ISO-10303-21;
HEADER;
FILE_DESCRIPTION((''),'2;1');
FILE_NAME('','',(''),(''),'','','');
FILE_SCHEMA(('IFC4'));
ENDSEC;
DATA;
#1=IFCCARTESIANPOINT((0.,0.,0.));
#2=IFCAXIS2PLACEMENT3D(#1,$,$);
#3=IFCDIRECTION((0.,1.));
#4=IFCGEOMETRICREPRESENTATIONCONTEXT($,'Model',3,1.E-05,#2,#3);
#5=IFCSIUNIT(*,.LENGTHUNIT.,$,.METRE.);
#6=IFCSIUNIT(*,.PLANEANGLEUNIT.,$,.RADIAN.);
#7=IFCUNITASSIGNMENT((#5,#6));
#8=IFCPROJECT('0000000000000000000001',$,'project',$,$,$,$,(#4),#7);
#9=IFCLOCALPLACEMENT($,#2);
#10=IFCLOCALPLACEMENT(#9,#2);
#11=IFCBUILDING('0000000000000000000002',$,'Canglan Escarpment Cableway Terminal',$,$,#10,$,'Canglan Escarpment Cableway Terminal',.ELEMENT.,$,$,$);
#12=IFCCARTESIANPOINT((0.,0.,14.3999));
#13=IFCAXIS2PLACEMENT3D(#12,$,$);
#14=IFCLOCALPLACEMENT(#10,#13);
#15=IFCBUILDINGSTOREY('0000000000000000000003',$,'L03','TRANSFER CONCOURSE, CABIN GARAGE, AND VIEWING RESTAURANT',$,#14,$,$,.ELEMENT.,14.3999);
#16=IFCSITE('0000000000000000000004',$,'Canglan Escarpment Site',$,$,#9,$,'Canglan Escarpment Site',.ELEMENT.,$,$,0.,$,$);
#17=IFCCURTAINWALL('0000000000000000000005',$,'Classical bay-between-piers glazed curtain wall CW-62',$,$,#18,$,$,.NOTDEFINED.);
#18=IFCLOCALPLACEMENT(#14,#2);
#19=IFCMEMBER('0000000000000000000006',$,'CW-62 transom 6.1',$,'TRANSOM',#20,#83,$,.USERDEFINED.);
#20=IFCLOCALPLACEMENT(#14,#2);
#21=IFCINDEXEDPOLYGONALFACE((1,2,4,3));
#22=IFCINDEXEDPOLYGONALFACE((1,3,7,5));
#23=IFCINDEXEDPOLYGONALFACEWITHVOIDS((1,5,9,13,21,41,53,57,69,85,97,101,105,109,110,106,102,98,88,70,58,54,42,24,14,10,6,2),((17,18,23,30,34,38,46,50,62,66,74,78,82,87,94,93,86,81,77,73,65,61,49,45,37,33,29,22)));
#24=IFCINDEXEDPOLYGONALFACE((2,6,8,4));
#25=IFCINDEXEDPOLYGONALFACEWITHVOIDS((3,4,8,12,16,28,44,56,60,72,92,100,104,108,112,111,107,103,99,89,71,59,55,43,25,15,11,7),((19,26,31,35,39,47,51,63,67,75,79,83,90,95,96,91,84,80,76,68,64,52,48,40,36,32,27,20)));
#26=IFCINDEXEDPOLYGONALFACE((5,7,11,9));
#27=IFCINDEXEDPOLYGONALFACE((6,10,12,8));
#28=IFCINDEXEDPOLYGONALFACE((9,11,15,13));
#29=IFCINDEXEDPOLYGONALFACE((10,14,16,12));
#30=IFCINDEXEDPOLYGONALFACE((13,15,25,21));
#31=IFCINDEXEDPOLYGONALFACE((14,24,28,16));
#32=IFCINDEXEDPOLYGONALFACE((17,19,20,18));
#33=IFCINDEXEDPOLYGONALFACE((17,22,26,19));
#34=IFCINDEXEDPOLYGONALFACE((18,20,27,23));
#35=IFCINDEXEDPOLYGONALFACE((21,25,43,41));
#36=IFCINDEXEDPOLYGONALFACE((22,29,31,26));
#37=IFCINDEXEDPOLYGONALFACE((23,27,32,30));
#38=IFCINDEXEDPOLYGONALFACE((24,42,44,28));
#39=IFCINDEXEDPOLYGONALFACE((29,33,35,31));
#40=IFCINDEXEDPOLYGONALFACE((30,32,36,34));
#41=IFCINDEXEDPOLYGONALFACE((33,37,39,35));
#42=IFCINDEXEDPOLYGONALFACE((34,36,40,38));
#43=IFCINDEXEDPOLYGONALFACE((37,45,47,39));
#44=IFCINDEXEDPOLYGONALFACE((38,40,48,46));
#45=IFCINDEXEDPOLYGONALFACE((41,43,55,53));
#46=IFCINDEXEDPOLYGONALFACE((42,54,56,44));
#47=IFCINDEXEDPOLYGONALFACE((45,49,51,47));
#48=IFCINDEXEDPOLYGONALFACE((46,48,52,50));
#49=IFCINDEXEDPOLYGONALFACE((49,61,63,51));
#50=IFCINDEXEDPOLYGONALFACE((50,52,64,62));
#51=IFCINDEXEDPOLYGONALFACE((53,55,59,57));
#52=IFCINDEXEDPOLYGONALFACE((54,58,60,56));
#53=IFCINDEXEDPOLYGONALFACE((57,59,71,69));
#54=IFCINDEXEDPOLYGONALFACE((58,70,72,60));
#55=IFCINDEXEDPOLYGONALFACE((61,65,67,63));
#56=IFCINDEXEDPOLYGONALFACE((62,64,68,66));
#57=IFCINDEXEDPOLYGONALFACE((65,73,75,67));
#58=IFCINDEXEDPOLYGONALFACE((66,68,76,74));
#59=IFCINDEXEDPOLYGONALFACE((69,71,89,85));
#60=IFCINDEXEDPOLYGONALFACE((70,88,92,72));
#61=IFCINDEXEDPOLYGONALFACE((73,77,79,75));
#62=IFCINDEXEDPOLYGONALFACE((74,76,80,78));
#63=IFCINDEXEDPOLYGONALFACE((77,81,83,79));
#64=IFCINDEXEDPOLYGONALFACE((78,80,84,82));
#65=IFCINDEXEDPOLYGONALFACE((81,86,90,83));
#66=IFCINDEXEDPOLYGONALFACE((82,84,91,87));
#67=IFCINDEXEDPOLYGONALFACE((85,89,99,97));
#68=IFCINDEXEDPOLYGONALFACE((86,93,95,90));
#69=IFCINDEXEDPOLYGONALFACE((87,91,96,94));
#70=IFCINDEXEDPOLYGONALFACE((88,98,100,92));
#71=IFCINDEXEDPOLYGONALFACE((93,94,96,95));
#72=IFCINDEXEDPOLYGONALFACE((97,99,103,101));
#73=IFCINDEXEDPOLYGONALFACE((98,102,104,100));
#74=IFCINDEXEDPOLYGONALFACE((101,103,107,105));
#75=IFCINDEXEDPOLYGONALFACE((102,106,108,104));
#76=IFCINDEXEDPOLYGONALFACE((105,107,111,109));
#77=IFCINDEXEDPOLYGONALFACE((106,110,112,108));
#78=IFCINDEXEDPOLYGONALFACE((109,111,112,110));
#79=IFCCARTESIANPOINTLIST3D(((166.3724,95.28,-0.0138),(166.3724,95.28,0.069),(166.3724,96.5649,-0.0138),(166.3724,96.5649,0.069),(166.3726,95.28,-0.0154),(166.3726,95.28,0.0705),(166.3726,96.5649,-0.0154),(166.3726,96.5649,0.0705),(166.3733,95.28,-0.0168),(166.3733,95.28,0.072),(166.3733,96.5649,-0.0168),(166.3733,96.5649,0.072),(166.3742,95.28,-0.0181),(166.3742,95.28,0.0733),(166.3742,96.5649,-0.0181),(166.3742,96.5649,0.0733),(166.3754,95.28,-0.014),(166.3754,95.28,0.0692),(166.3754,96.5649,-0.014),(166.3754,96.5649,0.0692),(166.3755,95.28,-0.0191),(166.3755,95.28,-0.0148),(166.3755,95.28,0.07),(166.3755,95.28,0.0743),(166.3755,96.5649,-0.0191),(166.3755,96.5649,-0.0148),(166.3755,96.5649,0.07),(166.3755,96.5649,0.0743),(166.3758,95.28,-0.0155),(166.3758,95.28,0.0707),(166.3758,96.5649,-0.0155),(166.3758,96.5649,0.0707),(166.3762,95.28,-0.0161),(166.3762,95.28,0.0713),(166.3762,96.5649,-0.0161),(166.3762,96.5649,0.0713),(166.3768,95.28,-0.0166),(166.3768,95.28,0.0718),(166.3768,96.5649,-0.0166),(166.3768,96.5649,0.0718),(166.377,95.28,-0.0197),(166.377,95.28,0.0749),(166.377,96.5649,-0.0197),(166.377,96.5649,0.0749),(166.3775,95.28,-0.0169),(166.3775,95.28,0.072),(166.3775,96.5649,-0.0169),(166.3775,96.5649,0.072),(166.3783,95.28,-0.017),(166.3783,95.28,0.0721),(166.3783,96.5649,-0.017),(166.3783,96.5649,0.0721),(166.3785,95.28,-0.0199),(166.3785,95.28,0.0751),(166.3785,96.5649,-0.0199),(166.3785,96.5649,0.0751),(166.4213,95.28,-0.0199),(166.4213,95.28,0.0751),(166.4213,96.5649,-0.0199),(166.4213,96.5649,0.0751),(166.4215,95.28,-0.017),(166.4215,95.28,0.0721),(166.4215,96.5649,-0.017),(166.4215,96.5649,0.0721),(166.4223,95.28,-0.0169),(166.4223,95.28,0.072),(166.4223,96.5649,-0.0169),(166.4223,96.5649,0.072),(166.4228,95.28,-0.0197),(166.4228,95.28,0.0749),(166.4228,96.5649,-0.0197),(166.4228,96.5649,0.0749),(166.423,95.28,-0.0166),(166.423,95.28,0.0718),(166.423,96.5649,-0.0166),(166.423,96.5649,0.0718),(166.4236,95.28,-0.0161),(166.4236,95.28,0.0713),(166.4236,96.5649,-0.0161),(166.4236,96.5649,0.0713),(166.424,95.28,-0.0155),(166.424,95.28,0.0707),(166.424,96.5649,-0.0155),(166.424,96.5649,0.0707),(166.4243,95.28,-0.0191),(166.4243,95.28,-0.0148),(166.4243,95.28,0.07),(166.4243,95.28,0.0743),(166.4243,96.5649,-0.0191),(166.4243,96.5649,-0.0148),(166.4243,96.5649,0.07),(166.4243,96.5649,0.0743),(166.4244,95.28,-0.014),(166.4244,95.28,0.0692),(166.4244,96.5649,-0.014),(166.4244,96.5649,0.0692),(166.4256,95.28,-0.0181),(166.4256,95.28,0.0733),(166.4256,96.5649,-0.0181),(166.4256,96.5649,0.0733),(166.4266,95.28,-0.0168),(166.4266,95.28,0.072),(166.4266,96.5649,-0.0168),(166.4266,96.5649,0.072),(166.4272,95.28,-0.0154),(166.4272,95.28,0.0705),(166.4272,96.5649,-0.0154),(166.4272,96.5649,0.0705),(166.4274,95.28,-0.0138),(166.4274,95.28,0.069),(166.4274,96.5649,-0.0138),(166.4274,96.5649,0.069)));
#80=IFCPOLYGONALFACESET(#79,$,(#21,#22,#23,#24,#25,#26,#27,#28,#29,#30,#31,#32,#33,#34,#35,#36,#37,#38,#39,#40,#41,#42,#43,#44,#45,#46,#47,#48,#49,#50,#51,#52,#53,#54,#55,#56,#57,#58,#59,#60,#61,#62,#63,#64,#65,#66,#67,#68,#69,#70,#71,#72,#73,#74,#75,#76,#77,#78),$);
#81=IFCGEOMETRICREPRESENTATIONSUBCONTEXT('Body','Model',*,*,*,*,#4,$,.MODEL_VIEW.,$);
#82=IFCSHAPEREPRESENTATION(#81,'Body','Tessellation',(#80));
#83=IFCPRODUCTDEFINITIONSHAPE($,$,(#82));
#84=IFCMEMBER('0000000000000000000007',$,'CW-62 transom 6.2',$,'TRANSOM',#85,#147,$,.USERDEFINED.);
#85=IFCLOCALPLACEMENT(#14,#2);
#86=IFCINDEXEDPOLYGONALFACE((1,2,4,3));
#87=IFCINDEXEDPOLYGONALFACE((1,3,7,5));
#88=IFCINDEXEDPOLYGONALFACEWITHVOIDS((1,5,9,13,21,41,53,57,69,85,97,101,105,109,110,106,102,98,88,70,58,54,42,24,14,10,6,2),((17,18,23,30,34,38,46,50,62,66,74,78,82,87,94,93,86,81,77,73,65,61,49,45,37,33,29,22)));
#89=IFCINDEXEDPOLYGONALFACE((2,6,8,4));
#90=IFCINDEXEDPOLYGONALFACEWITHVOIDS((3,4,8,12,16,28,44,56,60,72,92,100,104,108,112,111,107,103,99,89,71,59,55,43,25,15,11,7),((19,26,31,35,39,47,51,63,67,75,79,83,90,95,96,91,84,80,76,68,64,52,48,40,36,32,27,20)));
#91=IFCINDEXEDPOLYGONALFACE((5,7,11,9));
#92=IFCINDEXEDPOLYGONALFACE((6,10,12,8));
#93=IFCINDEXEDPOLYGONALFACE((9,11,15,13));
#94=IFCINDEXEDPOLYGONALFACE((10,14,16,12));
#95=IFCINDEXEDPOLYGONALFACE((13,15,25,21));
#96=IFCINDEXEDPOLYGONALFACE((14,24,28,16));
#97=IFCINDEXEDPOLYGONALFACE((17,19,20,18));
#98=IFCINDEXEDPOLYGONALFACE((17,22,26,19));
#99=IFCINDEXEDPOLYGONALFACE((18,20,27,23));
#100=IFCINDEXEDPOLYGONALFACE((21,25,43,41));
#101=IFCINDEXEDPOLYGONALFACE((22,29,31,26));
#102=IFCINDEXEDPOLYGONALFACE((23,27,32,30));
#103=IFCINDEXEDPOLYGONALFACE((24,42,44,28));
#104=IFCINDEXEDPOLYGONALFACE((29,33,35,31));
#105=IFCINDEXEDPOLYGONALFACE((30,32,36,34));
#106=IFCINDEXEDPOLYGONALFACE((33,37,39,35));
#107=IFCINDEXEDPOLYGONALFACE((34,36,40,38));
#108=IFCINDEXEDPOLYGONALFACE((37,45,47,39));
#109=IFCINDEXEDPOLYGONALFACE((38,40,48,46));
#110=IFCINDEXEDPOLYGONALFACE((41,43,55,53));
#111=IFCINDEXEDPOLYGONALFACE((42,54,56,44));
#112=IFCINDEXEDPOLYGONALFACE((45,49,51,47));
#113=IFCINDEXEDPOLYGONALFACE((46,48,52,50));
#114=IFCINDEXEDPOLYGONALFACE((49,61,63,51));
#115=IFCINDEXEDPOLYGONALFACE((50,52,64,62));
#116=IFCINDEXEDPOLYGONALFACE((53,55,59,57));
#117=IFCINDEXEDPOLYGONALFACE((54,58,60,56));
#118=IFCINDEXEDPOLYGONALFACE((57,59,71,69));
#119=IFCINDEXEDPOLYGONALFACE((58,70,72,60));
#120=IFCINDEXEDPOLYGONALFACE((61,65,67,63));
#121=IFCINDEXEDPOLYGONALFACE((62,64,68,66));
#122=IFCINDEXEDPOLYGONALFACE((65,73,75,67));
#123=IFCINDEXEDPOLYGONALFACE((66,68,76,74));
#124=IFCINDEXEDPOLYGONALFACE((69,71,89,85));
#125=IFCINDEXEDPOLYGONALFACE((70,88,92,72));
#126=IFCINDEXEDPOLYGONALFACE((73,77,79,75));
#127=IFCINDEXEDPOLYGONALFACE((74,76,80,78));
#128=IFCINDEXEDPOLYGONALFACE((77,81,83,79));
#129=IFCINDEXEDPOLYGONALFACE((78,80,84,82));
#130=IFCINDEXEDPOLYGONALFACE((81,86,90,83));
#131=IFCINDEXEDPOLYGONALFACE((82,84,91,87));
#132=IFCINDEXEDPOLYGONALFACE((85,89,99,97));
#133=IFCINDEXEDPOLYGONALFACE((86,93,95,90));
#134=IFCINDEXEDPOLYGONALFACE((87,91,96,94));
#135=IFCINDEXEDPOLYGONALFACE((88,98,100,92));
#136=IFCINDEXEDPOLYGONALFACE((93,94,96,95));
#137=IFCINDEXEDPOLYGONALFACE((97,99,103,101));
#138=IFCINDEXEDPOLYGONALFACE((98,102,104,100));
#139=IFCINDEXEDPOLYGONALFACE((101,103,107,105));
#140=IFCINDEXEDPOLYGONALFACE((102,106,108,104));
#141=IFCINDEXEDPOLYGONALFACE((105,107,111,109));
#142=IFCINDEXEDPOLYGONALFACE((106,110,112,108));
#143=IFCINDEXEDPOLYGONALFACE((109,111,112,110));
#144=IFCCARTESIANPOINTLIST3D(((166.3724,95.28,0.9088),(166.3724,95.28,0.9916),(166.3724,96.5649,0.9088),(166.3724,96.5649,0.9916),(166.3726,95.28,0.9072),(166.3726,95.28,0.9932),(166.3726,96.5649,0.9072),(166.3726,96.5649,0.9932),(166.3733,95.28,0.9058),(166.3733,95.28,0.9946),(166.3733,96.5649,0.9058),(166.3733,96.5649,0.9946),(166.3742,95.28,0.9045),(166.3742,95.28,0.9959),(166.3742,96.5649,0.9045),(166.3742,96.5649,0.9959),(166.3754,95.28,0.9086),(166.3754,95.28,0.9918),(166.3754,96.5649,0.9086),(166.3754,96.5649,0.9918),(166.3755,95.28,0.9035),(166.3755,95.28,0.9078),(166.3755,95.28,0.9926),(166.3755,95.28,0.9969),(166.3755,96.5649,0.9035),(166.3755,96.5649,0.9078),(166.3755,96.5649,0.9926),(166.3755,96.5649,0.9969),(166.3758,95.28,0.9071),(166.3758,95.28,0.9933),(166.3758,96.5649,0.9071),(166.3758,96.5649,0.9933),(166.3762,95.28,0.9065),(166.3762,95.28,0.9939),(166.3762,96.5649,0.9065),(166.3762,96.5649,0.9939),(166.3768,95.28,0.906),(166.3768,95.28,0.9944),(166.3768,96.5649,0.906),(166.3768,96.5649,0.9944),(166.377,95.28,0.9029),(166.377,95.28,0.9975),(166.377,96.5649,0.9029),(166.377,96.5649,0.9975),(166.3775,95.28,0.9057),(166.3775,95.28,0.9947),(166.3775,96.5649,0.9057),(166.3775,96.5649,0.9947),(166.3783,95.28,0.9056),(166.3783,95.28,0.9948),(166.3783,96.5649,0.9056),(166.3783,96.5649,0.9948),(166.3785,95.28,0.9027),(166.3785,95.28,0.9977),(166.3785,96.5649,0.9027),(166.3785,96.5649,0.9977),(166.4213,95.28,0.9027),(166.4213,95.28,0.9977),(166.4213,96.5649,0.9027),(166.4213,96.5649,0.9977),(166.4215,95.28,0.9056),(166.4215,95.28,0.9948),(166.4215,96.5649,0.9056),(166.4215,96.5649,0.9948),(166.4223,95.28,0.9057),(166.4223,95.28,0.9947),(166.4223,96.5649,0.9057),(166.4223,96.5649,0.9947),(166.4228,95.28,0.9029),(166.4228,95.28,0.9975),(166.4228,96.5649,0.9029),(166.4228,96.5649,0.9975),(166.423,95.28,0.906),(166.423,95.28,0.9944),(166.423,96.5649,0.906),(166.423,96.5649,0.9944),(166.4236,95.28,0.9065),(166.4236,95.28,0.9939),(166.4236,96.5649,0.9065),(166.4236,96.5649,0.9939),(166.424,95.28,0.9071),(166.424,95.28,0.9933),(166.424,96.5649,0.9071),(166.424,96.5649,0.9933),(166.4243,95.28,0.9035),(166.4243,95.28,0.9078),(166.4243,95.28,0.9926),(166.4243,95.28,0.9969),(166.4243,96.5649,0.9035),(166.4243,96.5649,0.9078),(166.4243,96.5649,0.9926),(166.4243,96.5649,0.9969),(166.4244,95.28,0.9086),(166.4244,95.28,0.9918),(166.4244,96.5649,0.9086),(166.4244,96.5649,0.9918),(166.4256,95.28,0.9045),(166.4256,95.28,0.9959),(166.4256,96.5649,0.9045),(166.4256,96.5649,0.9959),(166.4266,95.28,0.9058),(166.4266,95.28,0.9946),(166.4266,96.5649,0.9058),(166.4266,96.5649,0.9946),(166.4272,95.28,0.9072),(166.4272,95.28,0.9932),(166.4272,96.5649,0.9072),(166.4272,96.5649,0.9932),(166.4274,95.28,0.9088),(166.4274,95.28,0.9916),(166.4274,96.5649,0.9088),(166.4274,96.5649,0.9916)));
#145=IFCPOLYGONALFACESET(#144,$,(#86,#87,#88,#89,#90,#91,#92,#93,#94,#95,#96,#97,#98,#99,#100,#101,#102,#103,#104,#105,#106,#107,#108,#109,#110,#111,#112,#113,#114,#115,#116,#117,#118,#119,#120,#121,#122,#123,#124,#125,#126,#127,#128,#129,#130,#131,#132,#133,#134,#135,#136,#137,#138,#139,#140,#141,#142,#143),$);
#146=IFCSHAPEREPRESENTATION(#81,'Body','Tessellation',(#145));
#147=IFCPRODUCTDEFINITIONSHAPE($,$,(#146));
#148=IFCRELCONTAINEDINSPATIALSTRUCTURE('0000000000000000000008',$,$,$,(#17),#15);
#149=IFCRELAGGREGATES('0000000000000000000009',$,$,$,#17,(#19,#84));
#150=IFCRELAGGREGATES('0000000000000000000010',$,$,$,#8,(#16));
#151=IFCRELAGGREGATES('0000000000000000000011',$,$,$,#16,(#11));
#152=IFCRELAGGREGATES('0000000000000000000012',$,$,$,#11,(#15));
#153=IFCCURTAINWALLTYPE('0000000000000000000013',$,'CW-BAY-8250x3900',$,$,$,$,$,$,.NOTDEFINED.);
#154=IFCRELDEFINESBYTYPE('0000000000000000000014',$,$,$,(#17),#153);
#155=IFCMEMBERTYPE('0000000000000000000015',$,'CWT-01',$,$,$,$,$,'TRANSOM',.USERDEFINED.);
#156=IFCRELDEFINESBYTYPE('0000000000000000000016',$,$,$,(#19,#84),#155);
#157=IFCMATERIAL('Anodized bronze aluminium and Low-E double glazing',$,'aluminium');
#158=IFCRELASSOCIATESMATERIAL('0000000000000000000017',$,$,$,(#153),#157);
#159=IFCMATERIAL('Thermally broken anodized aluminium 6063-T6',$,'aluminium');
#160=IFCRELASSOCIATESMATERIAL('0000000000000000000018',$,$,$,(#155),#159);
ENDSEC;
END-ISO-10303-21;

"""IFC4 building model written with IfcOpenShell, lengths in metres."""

from ifc_helpers import new_model, si_unit, direction, frame, origin, origin_2d, place, context, subcontext, project, spatial, hollow_rectangle, extrude, material, material_profile, profile_set, type_object, element, aggregate, save


model = new_model("IFC4")

# Units and contexts
model_context = context("Model", 3, precision=1e-05, world=origin(), true_north=direction((0.0, 1.0)))
body_context = subcontext(model_context, "Body", "Model", "MODEL_VIEW")
ifc_project = project(units=[si_unit("LENGTHUNIT", "METRE"), si_unit("PLANEANGLEUNIT", "RADIAN")], contexts=[model_context])

# Site, building, storey
site_placement = place(None, origin())
site = spatial("IfcSite", under=ifc_project, at=site_placement, Name="Canglan Escarpment Site", LongName="Canglan Escarpment Site", CompositionType="ELEMENT", RefElevation=0.0)
building_placement = place(site_placement, origin())
building = spatial("IfcBuilding", under=site, at=building_placement, Name="Canglan Escarpment Cableway Terminal", LongName="Canglan Escarpment Cableway Terminal", CompositionType="ELEMENT")
storey_placement = place(building_placement, frame((0.0, 0.0, 14.3999)))
storey = spatial("IfcBuildingStorey", under=building, at=storey_placement, Name="L03", Description="TRANSFER CONCOURSE, CABIN GARAGE, AND VIEWING RESTAURANT", CompositionType="ELEMENT", Elevation=14.3999)

# Curtain wall, members
ifc_material_1 = material(Name="Anodized bronze aluminium and Low-E double glazing", Category="aluminium")
curtain_wall_type = type_object("IfcCurtainWallType", Name="CW-BAY-8250x3900", PredefinedType="NOTDEFINED", material=ifc_material_1)
curtain_wall_placement = place(storey_placement, origin())
curtain_wall = element("IfcCurtainWall", 1, at=curtain_wall_placement, inside=storey, type_object=curtain_wall_type, Name="Classical bay-between-piers glazed curtain wall CW-62", PredefinedType="NOTDEFINED")
ifc_material_2 = material(Name="Thermally broken anodized aluminium 6063-T6", Category="aluminium")
ifc_material_profile_1 = material_profile(ifc_material_2, hollow_rectangle(XDim=0.0549, YDim=0.095, WallThickness=0.0029, InnerFilletRadius=0.0029, OuterFilletRadius=0.0061, at=origin_2d()), Name="ALU-TRAN 55x95x3")
ifc_profile_set_1 = profile_set([ifc_material_profile_1], Name="Thermally broken anodized aluminium 6063-T6")
member_type_1 = type_object("IfcMemberType", Name="CWT-01", ElementType="TRANSOM", PredefinedType="USERDEFINED", material=ifc_profile_set_1)
member_1_placement = place(storey_placement, frame((166.3999, 95.28, 0.0276), z_axis=(0.0, 1.0, 0.0), x_axis=(-1.0, 0.0, 0.0)))
member_1 = element("IfcMember", 2, at=member_1_placement, type_object=member_type_1, Name="CW-62 transom 6.1", ObjectType="TRANSOM", PredefinedType="USERDEFINED", context=body_context, shape_type="SweptSolid", body=[
    extrude(hollow_rectangle(XDim=0.0549, YDim=0.095, WallThickness=0.0029, InnerFilletRadius=0.0029, OuterFilletRadius=0.0061, at=origin_2d()), origin(), (0.0, 0.0, 1.0), 1.2849),
])
member_2_placement = place(storey_placement, frame((166.3999, 95.28, 0.9502), z_axis=(0.0, 1.0, 0.0), x_axis=(-1.0, 0.0, 0.0)))
member_2 = element("IfcMember", 3, at=member_2_placement, type_object=member_type_1, Name="CW-62 transom 6.2", ObjectType="TRANSOM", PredefinedType="USERDEFINED", context=body_context, shape_type="SweptSolid", body=[
    extrude(hollow_rectangle(XDim=0.0549, YDim=0.095, WallThickness=0.0029, InnerFilletRadius=0.0029, OuterFilletRadius=0.0061, at=origin_2d()), origin(), (0.0, 0.0, 1.0), 1.2849),
])
aggregate(curtain_wall, [member_1, member_2])

save(model, "model.ifc")
